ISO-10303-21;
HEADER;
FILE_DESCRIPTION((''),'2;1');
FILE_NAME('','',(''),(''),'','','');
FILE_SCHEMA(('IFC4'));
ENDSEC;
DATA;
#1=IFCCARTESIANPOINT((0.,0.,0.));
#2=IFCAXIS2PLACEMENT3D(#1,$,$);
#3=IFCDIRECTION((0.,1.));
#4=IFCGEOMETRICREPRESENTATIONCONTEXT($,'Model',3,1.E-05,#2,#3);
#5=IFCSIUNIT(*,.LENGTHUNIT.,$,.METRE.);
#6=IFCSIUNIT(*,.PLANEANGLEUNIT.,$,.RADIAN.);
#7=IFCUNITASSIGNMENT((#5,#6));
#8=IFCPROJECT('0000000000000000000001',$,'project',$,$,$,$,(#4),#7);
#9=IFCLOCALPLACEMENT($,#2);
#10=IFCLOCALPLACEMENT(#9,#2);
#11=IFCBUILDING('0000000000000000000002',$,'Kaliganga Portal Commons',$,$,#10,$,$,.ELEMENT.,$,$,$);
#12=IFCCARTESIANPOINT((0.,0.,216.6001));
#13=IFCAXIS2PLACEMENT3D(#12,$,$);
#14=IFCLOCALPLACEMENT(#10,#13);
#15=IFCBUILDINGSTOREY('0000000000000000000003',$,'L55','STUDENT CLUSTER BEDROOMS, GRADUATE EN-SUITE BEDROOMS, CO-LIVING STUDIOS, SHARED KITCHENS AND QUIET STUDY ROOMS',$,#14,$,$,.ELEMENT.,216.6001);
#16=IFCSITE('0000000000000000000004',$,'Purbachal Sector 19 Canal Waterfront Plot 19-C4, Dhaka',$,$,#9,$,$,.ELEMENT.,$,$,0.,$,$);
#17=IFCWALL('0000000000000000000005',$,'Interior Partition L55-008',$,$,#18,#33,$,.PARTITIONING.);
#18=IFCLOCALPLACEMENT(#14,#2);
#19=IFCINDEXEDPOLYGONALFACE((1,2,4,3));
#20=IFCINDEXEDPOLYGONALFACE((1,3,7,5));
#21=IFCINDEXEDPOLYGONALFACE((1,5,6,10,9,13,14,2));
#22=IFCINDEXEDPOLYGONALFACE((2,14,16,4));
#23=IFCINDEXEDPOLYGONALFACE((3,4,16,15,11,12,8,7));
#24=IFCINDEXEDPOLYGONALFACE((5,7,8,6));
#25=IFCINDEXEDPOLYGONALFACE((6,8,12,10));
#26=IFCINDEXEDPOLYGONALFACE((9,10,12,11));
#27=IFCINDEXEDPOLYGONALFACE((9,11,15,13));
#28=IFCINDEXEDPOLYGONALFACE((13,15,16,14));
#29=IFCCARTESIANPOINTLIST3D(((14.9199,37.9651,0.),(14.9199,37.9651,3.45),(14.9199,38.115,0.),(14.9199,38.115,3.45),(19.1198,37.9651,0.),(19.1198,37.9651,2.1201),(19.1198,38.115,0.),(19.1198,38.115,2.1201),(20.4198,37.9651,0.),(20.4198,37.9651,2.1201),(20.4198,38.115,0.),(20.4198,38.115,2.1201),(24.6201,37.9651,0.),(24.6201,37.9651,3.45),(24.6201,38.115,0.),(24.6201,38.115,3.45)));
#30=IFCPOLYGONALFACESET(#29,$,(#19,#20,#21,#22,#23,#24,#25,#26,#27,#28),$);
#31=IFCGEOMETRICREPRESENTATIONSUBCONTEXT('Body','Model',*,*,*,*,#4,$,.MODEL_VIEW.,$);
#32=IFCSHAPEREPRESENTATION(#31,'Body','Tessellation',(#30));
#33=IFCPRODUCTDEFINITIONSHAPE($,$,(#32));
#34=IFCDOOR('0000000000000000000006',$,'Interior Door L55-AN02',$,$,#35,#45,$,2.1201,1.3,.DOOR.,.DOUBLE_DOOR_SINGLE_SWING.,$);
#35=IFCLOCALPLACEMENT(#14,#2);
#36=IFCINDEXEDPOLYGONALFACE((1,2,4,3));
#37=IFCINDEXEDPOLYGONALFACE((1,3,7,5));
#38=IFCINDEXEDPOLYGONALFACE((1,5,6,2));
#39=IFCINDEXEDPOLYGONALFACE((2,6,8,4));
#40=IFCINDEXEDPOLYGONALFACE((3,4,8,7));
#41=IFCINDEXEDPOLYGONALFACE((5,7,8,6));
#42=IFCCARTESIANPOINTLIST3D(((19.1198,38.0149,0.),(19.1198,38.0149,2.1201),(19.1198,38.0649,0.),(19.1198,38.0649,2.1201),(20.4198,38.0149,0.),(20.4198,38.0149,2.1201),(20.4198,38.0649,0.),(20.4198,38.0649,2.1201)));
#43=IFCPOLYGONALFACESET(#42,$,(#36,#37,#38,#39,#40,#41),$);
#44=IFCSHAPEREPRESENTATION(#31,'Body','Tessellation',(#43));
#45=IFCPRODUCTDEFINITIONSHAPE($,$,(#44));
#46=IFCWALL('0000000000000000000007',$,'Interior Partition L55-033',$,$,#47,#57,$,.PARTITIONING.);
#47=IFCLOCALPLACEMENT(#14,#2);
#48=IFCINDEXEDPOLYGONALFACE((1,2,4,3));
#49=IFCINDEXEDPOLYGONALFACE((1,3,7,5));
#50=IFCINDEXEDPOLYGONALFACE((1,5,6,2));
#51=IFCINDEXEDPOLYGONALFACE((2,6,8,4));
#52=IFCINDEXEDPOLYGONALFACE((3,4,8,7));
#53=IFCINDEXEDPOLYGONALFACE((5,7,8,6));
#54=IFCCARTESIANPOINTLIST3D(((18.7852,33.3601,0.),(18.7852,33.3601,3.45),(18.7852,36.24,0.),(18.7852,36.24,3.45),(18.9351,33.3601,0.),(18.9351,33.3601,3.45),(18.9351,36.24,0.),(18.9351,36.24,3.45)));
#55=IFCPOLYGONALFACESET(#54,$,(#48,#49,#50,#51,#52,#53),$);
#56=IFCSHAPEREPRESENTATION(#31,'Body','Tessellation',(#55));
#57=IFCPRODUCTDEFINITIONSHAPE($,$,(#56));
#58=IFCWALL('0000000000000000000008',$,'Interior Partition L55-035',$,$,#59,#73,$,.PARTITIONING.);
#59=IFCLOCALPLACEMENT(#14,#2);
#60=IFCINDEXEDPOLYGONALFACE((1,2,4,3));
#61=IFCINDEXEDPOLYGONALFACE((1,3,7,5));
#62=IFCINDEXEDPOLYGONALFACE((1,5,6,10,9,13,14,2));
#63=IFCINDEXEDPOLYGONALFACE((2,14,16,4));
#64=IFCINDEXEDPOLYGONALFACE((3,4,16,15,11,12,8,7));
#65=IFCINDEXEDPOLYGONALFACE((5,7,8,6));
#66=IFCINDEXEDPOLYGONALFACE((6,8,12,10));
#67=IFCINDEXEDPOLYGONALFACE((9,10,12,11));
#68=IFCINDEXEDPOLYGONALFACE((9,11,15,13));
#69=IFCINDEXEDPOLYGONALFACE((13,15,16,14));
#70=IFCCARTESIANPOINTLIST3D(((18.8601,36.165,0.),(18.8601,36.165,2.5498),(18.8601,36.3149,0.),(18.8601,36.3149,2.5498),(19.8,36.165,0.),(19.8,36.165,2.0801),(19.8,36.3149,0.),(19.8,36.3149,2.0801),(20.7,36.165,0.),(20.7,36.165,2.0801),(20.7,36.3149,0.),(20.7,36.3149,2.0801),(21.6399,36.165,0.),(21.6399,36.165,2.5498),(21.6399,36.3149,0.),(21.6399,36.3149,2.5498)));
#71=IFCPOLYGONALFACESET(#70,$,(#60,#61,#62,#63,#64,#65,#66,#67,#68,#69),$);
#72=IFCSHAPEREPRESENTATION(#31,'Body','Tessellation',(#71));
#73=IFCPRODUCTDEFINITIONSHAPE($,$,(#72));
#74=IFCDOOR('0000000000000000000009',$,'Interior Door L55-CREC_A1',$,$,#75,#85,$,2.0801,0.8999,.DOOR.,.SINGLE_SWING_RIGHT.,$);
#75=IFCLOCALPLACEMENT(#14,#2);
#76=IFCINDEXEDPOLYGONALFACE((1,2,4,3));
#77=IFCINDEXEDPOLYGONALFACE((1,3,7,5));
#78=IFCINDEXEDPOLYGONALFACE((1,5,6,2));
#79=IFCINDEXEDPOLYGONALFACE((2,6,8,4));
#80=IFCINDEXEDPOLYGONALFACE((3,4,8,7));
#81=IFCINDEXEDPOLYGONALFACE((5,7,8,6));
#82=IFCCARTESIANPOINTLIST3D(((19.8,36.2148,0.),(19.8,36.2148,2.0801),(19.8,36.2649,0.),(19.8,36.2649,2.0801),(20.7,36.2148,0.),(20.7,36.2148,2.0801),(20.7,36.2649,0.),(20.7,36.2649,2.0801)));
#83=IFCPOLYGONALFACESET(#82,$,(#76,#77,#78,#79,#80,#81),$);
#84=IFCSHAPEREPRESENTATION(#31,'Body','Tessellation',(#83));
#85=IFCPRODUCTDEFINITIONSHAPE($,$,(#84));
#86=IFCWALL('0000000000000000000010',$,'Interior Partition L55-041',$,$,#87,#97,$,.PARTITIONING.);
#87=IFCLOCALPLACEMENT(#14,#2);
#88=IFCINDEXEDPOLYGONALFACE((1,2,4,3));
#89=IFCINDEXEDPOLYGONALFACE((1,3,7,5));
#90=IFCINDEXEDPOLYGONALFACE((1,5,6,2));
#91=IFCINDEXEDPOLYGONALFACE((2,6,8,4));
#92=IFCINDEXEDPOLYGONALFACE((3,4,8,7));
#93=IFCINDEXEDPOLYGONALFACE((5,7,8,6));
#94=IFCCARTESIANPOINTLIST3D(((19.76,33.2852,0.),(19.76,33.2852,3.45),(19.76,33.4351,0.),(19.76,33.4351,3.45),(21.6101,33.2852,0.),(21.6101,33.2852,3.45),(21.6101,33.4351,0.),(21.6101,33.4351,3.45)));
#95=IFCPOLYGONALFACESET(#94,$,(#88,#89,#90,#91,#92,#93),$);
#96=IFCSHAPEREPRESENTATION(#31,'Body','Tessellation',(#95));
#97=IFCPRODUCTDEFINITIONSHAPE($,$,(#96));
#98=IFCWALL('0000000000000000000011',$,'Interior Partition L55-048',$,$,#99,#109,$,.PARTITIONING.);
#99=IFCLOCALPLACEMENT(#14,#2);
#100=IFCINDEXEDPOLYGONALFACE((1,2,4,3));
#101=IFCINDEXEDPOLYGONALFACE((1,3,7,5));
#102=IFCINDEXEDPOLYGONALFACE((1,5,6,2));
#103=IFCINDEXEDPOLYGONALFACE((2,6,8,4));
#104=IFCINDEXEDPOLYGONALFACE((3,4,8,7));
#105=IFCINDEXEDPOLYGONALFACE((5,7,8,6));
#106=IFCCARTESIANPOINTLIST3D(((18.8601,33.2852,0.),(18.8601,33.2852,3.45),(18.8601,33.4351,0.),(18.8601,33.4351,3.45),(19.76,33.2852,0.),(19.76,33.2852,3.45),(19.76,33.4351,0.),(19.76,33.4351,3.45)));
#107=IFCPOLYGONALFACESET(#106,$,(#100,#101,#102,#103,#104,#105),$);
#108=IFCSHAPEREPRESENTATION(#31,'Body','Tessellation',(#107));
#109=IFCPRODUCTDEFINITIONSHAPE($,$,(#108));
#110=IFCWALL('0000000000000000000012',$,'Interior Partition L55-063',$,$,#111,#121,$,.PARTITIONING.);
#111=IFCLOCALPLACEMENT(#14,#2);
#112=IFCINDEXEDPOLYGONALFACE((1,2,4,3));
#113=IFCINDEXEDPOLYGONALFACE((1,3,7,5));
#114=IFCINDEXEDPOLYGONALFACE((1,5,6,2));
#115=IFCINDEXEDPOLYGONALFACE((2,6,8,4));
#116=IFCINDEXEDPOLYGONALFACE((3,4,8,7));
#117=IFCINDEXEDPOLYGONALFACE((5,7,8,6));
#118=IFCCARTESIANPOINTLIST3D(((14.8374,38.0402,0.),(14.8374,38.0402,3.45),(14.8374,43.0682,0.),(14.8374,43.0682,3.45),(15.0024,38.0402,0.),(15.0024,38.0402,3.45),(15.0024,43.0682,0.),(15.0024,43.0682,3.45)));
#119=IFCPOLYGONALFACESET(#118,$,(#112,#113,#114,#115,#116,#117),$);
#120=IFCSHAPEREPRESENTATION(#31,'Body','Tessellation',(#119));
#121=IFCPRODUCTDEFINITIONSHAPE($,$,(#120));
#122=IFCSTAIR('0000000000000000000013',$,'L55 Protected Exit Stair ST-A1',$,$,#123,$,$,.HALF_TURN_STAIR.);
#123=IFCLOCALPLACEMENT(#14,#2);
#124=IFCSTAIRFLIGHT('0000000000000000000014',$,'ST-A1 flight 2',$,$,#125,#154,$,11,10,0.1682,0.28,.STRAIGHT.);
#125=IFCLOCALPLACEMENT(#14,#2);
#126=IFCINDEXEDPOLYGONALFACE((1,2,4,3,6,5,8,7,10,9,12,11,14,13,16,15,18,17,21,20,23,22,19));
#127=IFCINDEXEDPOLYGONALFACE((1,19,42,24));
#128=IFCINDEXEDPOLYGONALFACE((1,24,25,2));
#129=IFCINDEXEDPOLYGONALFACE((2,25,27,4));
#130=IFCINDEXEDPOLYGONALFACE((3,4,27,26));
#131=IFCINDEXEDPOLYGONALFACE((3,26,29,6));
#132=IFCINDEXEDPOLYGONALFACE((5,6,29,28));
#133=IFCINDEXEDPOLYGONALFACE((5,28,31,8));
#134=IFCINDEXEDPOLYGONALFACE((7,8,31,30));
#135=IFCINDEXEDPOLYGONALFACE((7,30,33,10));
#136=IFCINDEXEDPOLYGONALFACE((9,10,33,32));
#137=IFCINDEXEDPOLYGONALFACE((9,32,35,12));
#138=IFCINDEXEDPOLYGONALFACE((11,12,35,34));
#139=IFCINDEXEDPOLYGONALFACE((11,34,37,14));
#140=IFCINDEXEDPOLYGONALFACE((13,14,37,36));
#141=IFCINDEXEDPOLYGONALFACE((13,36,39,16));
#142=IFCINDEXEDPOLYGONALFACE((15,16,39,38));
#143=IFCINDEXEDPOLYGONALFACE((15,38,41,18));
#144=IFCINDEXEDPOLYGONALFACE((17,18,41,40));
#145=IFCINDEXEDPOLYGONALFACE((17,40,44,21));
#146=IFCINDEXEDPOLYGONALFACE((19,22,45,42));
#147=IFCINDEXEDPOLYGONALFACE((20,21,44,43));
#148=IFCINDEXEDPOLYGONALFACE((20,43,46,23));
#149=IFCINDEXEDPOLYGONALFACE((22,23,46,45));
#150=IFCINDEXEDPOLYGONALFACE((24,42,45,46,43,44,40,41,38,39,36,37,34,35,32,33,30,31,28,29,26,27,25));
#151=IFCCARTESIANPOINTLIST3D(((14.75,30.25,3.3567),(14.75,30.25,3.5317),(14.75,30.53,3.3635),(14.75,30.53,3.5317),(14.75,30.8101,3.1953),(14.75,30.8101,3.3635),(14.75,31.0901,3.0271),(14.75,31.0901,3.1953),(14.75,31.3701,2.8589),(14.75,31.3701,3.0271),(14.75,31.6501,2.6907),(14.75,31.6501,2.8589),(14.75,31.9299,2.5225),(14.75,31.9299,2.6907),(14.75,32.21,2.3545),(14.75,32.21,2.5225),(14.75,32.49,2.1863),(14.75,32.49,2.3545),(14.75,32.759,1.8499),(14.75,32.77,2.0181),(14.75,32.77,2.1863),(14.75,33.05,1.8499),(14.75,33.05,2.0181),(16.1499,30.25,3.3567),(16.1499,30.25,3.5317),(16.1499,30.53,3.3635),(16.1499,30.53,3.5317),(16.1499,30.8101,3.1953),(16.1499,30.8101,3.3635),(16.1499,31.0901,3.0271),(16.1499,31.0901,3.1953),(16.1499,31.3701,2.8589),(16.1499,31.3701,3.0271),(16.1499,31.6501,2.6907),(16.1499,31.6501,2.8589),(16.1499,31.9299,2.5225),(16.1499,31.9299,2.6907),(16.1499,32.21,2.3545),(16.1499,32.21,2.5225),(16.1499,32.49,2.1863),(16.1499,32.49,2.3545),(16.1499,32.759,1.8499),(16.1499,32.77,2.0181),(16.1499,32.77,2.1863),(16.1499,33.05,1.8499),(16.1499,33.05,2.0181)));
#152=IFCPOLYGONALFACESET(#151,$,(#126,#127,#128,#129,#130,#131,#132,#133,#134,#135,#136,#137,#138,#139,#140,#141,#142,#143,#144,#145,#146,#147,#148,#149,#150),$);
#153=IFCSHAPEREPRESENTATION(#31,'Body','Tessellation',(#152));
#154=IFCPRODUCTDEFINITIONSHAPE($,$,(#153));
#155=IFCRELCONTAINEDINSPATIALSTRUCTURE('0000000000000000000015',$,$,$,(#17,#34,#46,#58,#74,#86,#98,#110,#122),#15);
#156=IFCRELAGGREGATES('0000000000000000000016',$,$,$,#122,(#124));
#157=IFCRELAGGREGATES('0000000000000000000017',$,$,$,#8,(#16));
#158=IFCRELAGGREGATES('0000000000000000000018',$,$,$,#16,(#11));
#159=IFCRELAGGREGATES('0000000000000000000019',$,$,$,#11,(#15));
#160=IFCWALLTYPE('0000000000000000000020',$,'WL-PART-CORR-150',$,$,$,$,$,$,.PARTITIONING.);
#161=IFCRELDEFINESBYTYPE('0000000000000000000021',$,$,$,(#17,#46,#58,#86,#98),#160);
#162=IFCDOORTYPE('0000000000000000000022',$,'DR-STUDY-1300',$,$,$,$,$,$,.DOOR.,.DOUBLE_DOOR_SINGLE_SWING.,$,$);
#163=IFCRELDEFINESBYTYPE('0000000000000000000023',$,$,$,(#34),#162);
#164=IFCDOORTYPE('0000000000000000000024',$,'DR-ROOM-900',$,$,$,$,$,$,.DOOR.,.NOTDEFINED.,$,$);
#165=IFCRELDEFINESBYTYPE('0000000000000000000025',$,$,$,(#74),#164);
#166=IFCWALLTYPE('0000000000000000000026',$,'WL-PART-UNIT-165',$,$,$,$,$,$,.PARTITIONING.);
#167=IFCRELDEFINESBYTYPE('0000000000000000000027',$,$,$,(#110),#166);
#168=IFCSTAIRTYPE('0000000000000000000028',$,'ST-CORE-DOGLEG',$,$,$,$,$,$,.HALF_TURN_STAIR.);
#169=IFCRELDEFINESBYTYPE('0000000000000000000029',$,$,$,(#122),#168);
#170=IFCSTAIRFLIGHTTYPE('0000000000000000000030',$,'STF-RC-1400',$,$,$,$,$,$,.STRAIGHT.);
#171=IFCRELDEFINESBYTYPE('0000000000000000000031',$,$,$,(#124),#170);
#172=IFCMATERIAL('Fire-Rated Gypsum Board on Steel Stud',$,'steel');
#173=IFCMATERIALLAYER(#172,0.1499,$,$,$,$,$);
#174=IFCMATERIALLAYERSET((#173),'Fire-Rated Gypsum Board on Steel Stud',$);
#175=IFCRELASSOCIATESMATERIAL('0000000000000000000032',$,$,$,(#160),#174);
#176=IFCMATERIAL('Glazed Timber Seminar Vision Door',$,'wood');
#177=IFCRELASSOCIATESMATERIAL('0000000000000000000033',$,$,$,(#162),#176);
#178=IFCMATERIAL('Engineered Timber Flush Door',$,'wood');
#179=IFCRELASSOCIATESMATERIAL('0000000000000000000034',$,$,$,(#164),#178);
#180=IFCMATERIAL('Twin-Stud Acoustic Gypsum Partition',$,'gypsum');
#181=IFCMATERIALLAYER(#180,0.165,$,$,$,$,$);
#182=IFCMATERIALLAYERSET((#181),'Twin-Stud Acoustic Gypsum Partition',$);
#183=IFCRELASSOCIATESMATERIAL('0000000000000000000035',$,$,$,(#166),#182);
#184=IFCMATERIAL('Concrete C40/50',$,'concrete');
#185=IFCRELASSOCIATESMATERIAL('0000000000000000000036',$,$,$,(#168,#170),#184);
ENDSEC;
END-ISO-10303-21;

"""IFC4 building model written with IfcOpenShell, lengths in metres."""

from ifc_helpers import new_model, si_unit, direction, frame, frame_2d, origin, place, context, subcontext, project, spatial, polyline, rectangle, outline, extrude, material, layer, layer_set, type_object, element, fill, aggregate, save


model = new_model("IFC4")

# Units and contexts
model_context = context("Model", 3, precision=1e-05, world=origin(), true_north=direction((0.0, 1.0)))
body_context = subcontext(model_context, "Body", "Model", "MODEL_VIEW")
ifc_project = project(units=[si_unit("LENGTHUNIT", "METRE"), si_unit("PLANEANGLEUNIT", "RADIAN")], contexts=[model_context])

# Site, building, storey
site_placement = place(None, origin())
site = spatial("IfcSite", under=ifc_project, at=site_placement, Name="Purbachal Sector 19 Canal Waterfront Plot 19-C4, Dhaka", CompositionType="ELEMENT", RefElevation=0.0)
building_placement = place(site_placement, origin())
building = spatial("IfcBuilding", under=site, at=building_placement, Name="Kaliganga Portal Commons", CompositionType="ELEMENT")
storey_placement = place(building_placement, frame((0.0, 0.0, 216.6001)))
storey = spatial("IfcBuildingStorey", under=building, at=storey_placement, Name="L55", Description="STUDENT CLUSTER BEDROOMS, GRADUATE EN-SUITE BEDROOMS, CO-LIVING STUDIOS, SHARED KITCHENS AND QUIET STUDY ROOMS", CompositionType="ELEMENT", Elevation=216.6001)

# Wall, opening, door
ifc_material_1 = material(Name="Fire-Rated Gypsum Board on Steel Stud", Category="steel")
ifc_layer_1 = layer(ifc_material_1, 0.1499)
ifc_layer_set_1 = layer_set([ifc_layer_1], Name="Fire-Rated Gypsum Board on Steel Stud")
wall_type_1 = type_object("IfcWallType", Name="WL-PART-CORR-150", PredefinedType="PARTITIONING", material=ifc_layer_set_1)
wall_1_placement = place(storey_placement, frame((14.9199, 38.04, 0.0), z_axis=(0.0, 0.0, 1.0), x_axis=(1.0, 0.0, 0.0)))
wall_1 = element("IfcWall", 1, at=wall_1_placement, inside=storey, type_object=wall_type_1, Name="Interior Partition L55-008", PredefinedType="PARTITIONING", context=body_context, shape_type="SweptSolid", body=[
    extrude(rectangle(XDim=9.7002, YDim=0.1499, at=frame_2d((4.8501, 0.0))), origin(), (0.0, 0.0, 1.0), 3.45),
])
opening_1_placement = place(wall_1_placement, frame((4.2, 0.0, 0.0)))
opening_1 = element("IfcOpeningElement", 2, at=opening_1_placement, cuts=wall_1, PredefinedType="OPENING", context=body_context, shape_type="SweptSolid", body=[
    extrude(rectangle(XDim=1.3, YDim=2.1201, at=frame_2d((0.6499, 1.0601))), frame((0.0, 0.085, 0.0), z_axis=(0.0, -1.0, 0.0), x_axis=(1.0, 0.0, 0.0)), (0.0, 0.0, 1.0), 0.1699),
])
ifc_material_2 = material(Name="Glazed Timber Seminar Vision Door", Category="wood")
door_type_1 = type_object("IfcDoorType", Name="DR-STUDY-1300", OperationType="DOUBLE_DOOR_SINGLE_SWING", PredefinedType="DOOR", material=ifc_material_2)
door_1_placement = place(opening_1_placement, origin())
door_1 = element("IfcDoor", 3, at=door_1_placement, inside=storey, type_object=door_type_1, Name="Interior Door L55-AN02", OperationType="DOUBLE_DOOR_SINGLE_SWING", OverallHeight=2.1201, OverallWidth=1.3, PredefinedType="DOOR", context=body_context, shape_type="SweptSolid", body=[
    extrude(rectangle(XDim=1.3, YDim=2.1201, at=frame_2d((0.6499, 1.0601))), frame((0.0, 0.0249, 0.0), z_axis=(0.0, -1.0, 0.0), x_axis=(1.0, 0.0, 0.0)), (0.0, 0.0, 1.0), 0.05),
])
fill(opening_1, door_1)

# Wall
wall_2_placement = place(storey_placement, frame((18.8601, 33.3601, 0.0), z_axis=(0.0, 0.0, 1.0), x_axis=(0.0, 1.0, 0.0)))
element("IfcWall", 4, at=wall_2_placement, inside=storey, type_object=wall_type_1, Name="Interior Partition L55-033", PredefinedType="PARTITIONING", context=body_context, shape_type="SweptSolid", body=[
    extrude(rectangle(XDim=2.8799, YDim=0.1499, at=frame_2d((1.4399, 0.0))), origin(), (0.0, 0.0, 1.0), 3.45),
])

# Wall, opening, door
wall_3_placement = place(storey_placement, frame((18.8601, 36.24, 0.0), z_axis=(0.0, 0.0, 1.0), x_axis=(1.0, 0.0, 0.0)))
wall_3 = element("IfcWall", 5, at=wall_3_placement, inside=storey, type_object=wall_type_1, Name="Interior Partition L55-035", PredefinedType="PARTITIONING", context=body_context, shape_type="SweptSolid", body=[
    extrude(rectangle(XDim=2.7798, YDim=0.1499, at=frame_2d((1.3899, 0.0))), origin(), (0.0, 0.0, 1.0), 2.5498),
])
opening_2_placement = place(wall_3_placement, frame((0.9399, 0.0, 0.0)))
opening_2 = element("IfcOpeningElement", 6, at=opening_2_placement, cuts=wall_3, PredefinedType="OPENING", context=body_context, shape_type="SweptSolid", body=[
    extrude(rectangle(XDim=0.8999, YDim=2.0801, at=frame_2d((0.45, 1.04))), frame((0.0, 0.085, 0.0), z_axis=(0.0, -1.0, 0.0), x_axis=(1.0, 0.0, 0.0)), (0.0, 0.0, 1.0), 0.1699),
])
ifc_material_3 = material(Name="Engineered Timber Flush Door", Category="wood")
door_type_2 = type_object("IfcDoorType", Name="DR-ROOM-900", OperationType="NOTDEFINED", PredefinedType="DOOR", material=ifc_material_3)
door_2_placement = place(opening_2_placement, origin())
door_2 = element("IfcDoor", 7, at=door_2_placement, inside=storey, type_object=door_type_2, Name="Interior Door L55-CREC_A1", OperationType="SINGLE_SWING_RIGHT", OverallHeight=2.0801, OverallWidth=0.8999, PredefinedType="DOOR", context=body_context, shape_type="SweptSolid", body=[
    extrude(rectangle(XDim=0.8999, YDim=2.0801, at=frame_2d((0.45, 1.04))), frame((0.0, 0.0249, 0.0), z_axis=(0.0, -1.0, 0.0), x_axis=(1.0, 0.0, 0.0)), (0.0, 0.0, 1.0), 0.05),
])
fill(opening_2, door_2)

# Walls
wall_4_placement = place(storey_placement, frame((19.76, 33.3601, 0.0), z_axis=(0.0, 0.0, 1.0), x_axis=(1.0, 0.0, 0.0)))
element("IfcWall", 8, at=wall_4_placement, inside=storey, type_object=wall_type_1, Name="Interior Partition L55-041", PredefinedType="PARTITIONING", context=body_context, shape_type="SweptSolid", body=[
    extrude(rectangle(XDim=1.8501, YDim=0.1499, at=frame_2d((0.925, 0.0))), origin(), (0.0, 0.0, 1.0), 3.45),
])
wall_5_placement = place(storey_placement, frame((18.8601, 33.3601, 0.0), z_axis=(0.0, 0.0, 1.0), x_axis=(1.0, 0.0, 0.0)))
element("IfcWall", 9, at=wall_5_placement, inside=storey, type_object=wall_type_1, Name="Interior Partition L55-048", PredefinedType="PARTITIONING", context=body_context, shape_type="SweptSolid", body=[
    extrude(rectangle(XDim=0.8999, YDim=0.1499, at=frame_2d((0.45, 0.0))), origin(), (0.0, 0.0, 1.0), 3.45),
])
ifc_material_4 = material(Name="Twin-Stud Acoustic Gypsum Partition", Category="gypsum")
ifc_layer_2 = layer(ifc_material_4, 0.165)
ifc_layer_set_2 = layer_set([ifc_layer_2], Name="Twin-Stud Acoustic Gypsum Partition")
wall_type_2 = type_object("IfcWallType", Name="WL-PART-UNIT-165", PredefinedType="PARTITIONING", material=ifc_layer_set_2)
wall_6_placement = place(storey_placement, frame((14.9199, 38.04, 0.0), z_axis=(0.0, 0.0, 1.0), x_axis=(0.0, 1.0, 0.0)))
element("IfcWall", 10, at=wall_6_placement, inside=storey, type_object=wall_type_2, Name="Interior Partition L55-063", PredefinedType="PARTITIONING", context=body_context, shape_type="SweptSolid", body=[
    extrude(rectangle(XDim=5.0281, YDim=0.165, at=frame_2d((2.5142, 0.0))), origin(), (0.0, 0.0, 1.0), 3.45),
])

# Stair, stair flight
ifc_material_5 = material(Name="Concrete C40/50", Category="concrete")
stair_type = type_object("IfcStairType", Name="ST-CORE-DOGLEG", PredefinedType="HALF_TURN_STAIR", material=ifc_material_5)
stair_placement = place(storey_placement, origin())
stair = element("IfcStair", 11, at=stair_placement, inside=storey, type_object=stair_type, Name="L55 Protected Exit Stair ST-A1", PredefinedType="HALF_TURN_STAIR")
stair_flight_type = type_object("IfcStairFlightType", Name="STF-RC-1400", PredefinedType="STRAIGHT", material=ifc_material_5)
stair_flight_placement = place(storey_placement, frame((15.45, 33.05, 1.8499), z_axis=(0.0, 0.0, 1.0), x_axis=(0.0, -1.0, 0.0)))
stair_flight = element("IfcStairFlight", 12, at=stair_flight_placement, type_object=stair_flight_type, Name="ST-A1 flight 2", NumberOfRisers=11, NumberOfTreads=10, PredefinedType="STRAIGHT", RiserHeight=0.1682, TreadLength=0.28, context=body_context, shape_type="SweptSolid", body=[
    extrude(outline(polyline([(0.0, 0.0), (0.0, 0.1682), (0.28, 0.1682), (0.28, 0.3364), (0.5601, 0.3364), (0.5601, 0.5046), (0.8401, 0.5046), (0.8401, 0.6726), (1.1201, 0.6726), (1.1201, 0.8408), (1.3999, 0.8408), (1.3999, 1.009), (1.6799, 1.009), (1.6799, 1.1772), (1.96, 1.1772), (1.96, 1.3455), (2.24, 1.3455), (2.24, 1.5137), (2.52, 1.5137), (2.52, 1.6819), (2.8, 1.6819), (2.8, 1.8501), (2.8, 1.5068), (0.291, 0.0), (0.0, 0.0)])), frame((0.0, 0.7, 0.0), z_axis=(0.0, -1.0, 0.0), x_axis=(1.0, 0.0, 0.0)), (0.0, 0.0, 1.0), 1.3999),
])
aggregate(stair, [stair_flight])

save(model, "model.ifc")
